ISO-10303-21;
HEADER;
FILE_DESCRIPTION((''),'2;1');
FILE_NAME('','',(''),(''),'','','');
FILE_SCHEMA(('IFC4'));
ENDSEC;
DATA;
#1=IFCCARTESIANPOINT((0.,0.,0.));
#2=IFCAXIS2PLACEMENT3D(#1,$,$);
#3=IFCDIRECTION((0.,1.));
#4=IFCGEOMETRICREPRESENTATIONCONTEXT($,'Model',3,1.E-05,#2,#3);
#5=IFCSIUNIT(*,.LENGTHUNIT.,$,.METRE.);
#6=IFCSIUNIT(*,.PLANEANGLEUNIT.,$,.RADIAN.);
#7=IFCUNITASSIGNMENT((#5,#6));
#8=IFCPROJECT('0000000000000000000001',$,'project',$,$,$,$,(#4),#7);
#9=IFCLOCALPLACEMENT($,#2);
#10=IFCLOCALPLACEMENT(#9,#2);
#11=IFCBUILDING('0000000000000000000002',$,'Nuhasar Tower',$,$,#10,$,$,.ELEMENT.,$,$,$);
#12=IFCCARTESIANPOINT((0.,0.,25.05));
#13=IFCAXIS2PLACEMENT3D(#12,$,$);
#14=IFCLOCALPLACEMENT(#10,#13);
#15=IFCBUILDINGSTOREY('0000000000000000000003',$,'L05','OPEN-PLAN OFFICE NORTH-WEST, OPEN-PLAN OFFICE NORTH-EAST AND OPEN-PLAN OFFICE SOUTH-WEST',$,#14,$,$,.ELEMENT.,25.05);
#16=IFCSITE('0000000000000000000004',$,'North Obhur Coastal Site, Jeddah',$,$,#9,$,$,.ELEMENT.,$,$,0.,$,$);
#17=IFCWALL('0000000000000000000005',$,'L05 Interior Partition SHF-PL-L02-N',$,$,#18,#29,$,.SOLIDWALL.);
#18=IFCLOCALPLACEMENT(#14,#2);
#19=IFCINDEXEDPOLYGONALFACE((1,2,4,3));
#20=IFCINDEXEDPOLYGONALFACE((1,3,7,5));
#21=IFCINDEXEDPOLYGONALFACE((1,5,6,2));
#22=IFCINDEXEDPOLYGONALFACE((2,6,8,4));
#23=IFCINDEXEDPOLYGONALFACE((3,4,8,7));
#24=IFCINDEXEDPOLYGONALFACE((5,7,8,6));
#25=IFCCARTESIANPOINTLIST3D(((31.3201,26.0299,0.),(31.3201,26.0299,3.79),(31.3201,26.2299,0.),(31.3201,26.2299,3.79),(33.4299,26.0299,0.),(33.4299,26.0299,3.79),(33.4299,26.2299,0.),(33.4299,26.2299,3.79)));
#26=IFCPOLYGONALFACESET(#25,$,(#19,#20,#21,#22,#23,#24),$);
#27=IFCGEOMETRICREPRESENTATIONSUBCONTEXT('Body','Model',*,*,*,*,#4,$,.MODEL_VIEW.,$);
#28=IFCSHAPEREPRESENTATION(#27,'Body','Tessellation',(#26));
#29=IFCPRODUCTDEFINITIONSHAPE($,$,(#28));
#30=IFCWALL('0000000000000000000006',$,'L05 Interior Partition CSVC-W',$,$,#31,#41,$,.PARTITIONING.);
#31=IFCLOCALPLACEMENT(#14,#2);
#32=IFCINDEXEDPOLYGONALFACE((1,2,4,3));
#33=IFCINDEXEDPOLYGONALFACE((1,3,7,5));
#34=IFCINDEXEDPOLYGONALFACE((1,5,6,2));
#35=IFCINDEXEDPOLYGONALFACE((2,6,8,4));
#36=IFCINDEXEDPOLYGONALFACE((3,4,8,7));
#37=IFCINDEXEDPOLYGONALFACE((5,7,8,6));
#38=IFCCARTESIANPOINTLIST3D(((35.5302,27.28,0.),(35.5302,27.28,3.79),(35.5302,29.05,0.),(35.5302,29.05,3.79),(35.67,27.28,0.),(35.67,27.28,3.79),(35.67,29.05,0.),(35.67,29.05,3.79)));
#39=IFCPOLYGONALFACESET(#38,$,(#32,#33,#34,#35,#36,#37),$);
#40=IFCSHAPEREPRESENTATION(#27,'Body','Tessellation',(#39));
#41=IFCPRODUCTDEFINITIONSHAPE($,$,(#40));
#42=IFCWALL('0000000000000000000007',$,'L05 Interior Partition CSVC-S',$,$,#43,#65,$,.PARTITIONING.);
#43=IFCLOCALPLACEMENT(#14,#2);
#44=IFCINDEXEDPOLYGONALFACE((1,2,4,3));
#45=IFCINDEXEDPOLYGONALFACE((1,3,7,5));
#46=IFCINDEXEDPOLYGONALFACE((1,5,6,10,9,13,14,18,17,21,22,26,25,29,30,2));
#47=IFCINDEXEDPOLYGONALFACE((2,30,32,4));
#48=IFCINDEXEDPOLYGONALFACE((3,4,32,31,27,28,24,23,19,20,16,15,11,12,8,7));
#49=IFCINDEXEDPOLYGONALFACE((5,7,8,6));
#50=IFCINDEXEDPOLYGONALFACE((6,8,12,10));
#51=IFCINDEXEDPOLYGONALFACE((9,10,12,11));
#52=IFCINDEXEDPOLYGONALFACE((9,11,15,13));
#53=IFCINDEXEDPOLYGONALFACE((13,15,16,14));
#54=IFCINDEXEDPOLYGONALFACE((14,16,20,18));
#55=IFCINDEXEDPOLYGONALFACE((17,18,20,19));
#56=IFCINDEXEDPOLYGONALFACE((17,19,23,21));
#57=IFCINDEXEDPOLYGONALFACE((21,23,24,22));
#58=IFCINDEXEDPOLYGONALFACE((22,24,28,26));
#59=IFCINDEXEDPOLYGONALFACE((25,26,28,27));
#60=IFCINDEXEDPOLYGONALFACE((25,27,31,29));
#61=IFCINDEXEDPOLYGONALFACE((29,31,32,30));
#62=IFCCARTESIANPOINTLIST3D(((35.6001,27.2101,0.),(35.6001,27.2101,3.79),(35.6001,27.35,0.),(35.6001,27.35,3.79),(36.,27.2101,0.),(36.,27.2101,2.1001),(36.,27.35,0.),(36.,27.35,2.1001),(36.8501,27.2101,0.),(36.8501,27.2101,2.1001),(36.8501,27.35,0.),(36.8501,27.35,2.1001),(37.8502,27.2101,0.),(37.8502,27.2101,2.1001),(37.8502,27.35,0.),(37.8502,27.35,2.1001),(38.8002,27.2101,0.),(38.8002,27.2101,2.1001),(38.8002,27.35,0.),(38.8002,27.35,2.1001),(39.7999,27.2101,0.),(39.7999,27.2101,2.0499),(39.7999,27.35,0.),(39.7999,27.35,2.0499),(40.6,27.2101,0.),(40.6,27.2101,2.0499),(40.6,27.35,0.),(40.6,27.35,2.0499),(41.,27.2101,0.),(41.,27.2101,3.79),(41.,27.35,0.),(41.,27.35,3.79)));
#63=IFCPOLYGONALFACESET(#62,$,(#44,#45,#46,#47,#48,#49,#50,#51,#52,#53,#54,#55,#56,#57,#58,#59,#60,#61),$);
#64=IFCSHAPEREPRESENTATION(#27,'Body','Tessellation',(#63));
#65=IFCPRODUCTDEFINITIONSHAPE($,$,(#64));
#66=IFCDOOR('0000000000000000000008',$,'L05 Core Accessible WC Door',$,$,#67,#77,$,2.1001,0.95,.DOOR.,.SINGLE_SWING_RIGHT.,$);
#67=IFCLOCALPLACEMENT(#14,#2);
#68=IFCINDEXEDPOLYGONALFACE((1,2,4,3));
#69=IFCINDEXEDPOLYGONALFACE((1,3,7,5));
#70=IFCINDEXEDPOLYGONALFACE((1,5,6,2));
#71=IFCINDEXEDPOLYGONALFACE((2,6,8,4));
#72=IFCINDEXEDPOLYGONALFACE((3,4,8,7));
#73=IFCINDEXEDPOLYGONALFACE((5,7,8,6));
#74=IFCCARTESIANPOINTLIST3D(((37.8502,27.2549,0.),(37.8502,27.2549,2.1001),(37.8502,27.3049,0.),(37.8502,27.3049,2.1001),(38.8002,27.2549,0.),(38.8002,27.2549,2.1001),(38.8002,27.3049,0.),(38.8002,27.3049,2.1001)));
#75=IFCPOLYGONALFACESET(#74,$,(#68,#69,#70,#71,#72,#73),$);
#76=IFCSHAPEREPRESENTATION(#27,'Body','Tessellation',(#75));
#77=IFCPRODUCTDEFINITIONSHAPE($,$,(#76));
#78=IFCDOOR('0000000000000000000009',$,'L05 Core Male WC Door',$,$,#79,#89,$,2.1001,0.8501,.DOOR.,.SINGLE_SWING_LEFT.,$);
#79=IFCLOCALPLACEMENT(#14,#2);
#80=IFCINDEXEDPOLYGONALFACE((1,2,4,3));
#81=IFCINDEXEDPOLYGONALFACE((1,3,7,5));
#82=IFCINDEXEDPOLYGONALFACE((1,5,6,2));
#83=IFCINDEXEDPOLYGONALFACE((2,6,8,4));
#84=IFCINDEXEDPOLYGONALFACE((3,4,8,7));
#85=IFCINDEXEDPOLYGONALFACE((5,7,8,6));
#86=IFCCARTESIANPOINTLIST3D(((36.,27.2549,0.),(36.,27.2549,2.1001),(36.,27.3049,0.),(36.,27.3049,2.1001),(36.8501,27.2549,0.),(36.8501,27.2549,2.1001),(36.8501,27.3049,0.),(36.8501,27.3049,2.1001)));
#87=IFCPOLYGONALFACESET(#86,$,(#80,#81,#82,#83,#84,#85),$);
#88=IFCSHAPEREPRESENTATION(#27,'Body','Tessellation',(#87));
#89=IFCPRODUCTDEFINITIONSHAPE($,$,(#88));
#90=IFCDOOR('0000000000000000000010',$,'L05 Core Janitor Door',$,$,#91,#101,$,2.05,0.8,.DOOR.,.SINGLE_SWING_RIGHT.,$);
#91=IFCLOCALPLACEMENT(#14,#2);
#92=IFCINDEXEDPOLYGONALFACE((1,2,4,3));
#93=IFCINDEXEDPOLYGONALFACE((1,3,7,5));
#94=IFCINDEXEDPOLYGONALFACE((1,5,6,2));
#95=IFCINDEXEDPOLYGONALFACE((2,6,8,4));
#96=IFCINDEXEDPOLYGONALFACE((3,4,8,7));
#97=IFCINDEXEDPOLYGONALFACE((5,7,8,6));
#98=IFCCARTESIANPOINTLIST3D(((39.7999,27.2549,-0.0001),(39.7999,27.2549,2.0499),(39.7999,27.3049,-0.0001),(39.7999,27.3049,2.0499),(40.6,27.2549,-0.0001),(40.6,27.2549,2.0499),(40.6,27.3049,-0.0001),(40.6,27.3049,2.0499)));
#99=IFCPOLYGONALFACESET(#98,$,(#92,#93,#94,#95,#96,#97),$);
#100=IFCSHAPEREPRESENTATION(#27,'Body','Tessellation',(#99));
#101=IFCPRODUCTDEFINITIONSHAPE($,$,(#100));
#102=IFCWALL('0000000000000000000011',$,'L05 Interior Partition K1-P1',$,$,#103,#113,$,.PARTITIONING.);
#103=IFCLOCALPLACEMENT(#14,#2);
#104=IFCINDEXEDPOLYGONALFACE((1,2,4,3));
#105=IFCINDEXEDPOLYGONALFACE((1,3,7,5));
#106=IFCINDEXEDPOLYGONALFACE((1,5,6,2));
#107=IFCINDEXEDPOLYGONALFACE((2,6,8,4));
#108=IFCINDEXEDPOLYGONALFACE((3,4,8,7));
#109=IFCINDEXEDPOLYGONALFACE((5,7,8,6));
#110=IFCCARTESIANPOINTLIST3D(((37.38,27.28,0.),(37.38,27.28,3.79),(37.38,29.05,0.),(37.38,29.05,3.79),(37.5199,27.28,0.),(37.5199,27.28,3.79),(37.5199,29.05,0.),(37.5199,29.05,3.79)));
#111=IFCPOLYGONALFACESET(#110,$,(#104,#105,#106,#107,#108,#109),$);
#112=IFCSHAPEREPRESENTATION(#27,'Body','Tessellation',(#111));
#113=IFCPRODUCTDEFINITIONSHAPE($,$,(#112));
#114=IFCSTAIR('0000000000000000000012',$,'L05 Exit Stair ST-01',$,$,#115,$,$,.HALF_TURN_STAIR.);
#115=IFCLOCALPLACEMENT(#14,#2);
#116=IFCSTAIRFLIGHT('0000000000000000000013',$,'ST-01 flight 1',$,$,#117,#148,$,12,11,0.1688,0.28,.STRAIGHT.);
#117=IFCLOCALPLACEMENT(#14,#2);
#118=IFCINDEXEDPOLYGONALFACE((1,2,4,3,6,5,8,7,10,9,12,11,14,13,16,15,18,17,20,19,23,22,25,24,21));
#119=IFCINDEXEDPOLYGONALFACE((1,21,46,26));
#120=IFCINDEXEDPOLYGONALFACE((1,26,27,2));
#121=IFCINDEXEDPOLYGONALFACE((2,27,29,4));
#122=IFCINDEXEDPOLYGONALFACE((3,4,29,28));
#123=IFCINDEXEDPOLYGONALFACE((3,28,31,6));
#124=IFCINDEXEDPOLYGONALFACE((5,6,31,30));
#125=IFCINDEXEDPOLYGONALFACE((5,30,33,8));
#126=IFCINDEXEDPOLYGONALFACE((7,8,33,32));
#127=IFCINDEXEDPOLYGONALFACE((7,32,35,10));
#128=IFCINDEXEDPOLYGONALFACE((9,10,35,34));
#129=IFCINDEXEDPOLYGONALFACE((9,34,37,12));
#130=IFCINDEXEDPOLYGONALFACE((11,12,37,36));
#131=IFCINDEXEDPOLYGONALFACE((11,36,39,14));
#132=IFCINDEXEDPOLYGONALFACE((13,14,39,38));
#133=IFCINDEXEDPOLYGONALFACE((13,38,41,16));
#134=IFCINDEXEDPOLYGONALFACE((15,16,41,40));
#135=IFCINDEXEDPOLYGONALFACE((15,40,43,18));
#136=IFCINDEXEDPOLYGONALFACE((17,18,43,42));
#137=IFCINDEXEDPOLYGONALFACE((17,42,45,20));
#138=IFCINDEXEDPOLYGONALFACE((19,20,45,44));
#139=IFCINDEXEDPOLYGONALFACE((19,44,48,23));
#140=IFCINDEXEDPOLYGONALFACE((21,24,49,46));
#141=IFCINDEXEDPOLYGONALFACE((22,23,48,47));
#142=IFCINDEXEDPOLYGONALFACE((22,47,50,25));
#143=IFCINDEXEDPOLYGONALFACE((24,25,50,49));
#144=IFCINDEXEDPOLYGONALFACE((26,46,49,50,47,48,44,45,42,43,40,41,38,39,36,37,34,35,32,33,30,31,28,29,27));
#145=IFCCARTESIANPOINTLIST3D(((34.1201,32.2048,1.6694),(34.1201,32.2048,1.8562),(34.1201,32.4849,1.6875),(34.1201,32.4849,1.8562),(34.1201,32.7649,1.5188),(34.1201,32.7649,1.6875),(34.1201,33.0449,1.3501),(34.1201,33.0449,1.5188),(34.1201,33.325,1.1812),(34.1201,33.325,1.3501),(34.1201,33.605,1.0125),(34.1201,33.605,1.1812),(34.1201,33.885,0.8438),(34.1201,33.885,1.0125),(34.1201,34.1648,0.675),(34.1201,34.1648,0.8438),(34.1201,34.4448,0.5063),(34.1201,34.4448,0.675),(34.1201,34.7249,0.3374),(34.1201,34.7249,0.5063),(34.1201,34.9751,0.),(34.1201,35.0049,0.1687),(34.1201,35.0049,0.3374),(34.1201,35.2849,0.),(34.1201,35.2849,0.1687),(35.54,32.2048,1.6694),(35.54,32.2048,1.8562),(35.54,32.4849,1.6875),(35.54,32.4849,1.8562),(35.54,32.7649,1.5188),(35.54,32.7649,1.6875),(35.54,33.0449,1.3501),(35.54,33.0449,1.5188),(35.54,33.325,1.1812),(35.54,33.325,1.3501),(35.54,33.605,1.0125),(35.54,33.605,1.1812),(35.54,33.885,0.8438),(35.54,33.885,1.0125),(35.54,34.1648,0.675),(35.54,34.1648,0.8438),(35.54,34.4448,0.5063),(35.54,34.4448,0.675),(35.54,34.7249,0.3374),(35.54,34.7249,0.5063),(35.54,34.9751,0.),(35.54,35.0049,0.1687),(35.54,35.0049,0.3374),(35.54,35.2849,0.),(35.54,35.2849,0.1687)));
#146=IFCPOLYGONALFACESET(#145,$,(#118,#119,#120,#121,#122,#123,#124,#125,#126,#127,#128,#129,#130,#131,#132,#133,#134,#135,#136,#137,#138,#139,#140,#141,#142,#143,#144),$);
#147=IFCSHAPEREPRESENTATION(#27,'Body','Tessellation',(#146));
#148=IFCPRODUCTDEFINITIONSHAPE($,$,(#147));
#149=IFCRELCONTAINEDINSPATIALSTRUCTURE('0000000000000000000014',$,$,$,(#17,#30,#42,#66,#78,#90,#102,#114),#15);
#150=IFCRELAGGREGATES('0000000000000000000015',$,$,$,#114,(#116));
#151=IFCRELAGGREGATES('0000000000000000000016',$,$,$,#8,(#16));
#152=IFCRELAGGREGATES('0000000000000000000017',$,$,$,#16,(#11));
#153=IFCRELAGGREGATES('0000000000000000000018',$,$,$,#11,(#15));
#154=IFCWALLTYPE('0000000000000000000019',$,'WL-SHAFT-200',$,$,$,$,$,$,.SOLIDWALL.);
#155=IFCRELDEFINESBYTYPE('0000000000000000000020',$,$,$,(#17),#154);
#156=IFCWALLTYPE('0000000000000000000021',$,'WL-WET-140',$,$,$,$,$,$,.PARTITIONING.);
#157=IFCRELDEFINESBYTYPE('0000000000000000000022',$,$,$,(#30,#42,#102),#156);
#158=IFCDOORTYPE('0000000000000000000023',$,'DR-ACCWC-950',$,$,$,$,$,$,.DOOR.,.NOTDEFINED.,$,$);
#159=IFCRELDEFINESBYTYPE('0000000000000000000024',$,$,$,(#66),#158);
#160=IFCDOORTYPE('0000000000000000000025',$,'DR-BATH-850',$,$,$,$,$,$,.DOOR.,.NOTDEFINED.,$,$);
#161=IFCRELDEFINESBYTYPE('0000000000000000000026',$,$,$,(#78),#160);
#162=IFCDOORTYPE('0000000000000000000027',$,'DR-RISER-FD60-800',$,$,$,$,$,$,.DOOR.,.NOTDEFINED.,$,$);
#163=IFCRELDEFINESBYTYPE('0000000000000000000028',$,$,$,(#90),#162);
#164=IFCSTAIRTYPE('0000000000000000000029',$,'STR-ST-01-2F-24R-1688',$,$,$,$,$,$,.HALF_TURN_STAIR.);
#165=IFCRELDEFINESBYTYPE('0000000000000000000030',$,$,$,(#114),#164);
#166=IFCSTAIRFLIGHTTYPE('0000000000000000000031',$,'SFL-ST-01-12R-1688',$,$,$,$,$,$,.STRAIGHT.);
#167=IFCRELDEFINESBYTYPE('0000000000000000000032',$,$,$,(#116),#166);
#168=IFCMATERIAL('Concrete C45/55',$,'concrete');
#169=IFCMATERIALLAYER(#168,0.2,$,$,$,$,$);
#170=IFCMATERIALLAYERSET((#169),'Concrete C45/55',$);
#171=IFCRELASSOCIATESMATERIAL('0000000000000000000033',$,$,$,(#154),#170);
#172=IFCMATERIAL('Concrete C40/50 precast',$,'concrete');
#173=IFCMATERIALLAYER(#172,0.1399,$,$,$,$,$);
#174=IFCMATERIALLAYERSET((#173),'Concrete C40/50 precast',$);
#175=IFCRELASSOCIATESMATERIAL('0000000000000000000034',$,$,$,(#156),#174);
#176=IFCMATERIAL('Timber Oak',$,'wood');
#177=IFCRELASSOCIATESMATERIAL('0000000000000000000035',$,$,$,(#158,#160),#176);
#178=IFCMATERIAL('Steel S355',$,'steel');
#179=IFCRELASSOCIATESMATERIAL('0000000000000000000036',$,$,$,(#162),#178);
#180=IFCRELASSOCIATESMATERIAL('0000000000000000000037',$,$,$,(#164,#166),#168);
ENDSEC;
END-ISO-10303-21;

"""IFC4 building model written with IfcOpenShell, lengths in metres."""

from ifc_helpers import new_model, si_unit, direction, frame, frame_2d, origin, place, context, subcontext, project, spatial, polyline, rectangle, outline, extrude, material, layer, layer_set, type_object, element, fill, aggregate, save


model = new_model("IFC4")

# Units and contexts
model_context = context("Model", 3, precision=1e-05, world=origin(), true_north=direction((0.0, 1.0)))
body_context = subcontext(model_context, "Body", "Model", "MODEL_VIEW")
ifc_project = project(units=[si_unit("LENGTHUNIT", "METRE"), si_unit("PLANEANGLEUNIT", "RADIAN")], contexts=[model_context])

# Site, building, storey
site_placement = place(None, origin())
site = spatial("IfcSite", under=ifc_project, at=site_placement, Name="North Obhur Coastal Site, Jeddah", CompositionType="ELEMENT", RefElevation=0.0)
building_placement = place(site_placement, origin())
building = spatial("IfcBuilding", under=site, at=building_placement, Name="Nuhasar Tower", CompositionType="ELEMENT")
storey_placement = place(building_placement, frame((0.0, 0.0, 25.05)))
storey = spatial("IfcBuildingStorey", under=building, at=storey_placement, Name="L05", Description="OPEN-PLAN OFFICE NORTH-WEST, OPEN-PLAN OFFICE NORTH-EAST AND OPEN-PLAN OFFICE SOUTH-WEST", CompositionType="ELEMENT", Elevation=25.05)

# Shared definitions
ifc_material_1 = material(Name="Steel S355", Category="steel")

# Walls
ifc_material_2 = material(Name="Concrete C45/55", Category="concrete")
ifc_layer_1 = layer(ifc_material_2, 0.2)
ifc_layer_set_1 = layer_set([ifc_layer_1], Name="Concrete C45/55")
wall_type_1 = type_object("IfcWallType", Name="WL-SHAFT-200", PredefinedType="SOLIDWALL", material=ifc_layer_set_1)
wall_1_placement = place(storey_placement, frame((31.3201, 26.1299, 0.0), z_axis=(0.0, 0.0, 1.0), x_axis=(1.0, 0.0, 0.0)))
element("IfcWall", 1, at=wall_1_placement, inside=storey, type_object=wall_type_1, Name="L05 Interior Partition SHF-PL-L02-N", PredefinedType="SOLIDWALL", context=body_context, shape_type="SweptSolid", body=[
    extrude(rectangle(XDim=2.1099, YDim=0.2, at=frame_2d((1.0549, 0.0))), origin(), (0.0, 0.0, 1.0), 3.79),
])
ifc_material_3 = material(Name="Concrete C40/50 precast", Category="concrete")
ifc_layer_2 = layer(ifc_material_3, 0.1399)
ifc_layer_set_2 = layer_set([ifc_layer_2], Name="Concrete C40/50 precast")
wall_type_2 = type_object("IfcWallType", Name="WL-WET-140", PredefinedType="PARTITIONING", material=ifc_layer_set_2)
wall_2_placement = place(storey_placement, frame((35.6001, 27.28, 0.0), z_axis=(0.0, 0.0, 1.0), x_axis=(0.0, 1.0, 0.0)))
element("IfcWall", 2, at=wall_2_placement, inside=storey, type_object=wall_type_2, Name="L05 Interior Partition CSVC-W", PredefinedType="PARTITIONING", context=body_context, shape_type="SweptSolid", body=[
    extrude(rectangle(XDim=1.77, YDim=0.1399, at=frame_2d((0.885, 0.0))), origin(), (0.0, 0.0, 1.0), 3.79),
])

# Wall, openings, doors
wall_3_placement = place(storey_placement, frame((35.6001, 27.28, 0.0), z_axis=(0.0, 0.0, 1.0), x_axis=(1.0, 0.0, 0.0)))
wall_3 = element("IfcWall", 3, at=wall_3_placement, inside=storey, type_object=wall_type_2, Name="L05 Interior Partition CSVC-S", PredefinedType="PARTITIONING", context=body_context, shape_type="SweptSolid", body=[
    extrude(rectangle(XDim=5.3999, YDim=0.1399, at=frame_2d((2.7, 0.0))), origin(), (0.0, 0.0, 1.0), 3.79),
])
opening_1_placement = place(wall_3_placement, frame((0.3999, 0.0, 0.0)))
opening_1 = element("IfcOpeningElement", 4, at=opening_1_placement, cuts=wall_3, PredefinedType="OPENING", context=body_context, shape_type="SweptSolid", body=[
    extrude(rectangle(XDim=0.8501, YDim=2.1001, at=frame_2d((0.425, 1.05))), frame((0.0, 0.0801, 0.0), z_axis=(0.0, -1.0, 0.0), x_axis=(1.0, 0.0, 0.0)), (0.0, 0.0, 1.0), 0.1599),
])
opening_2_placement = place(wall_3_placement, frame((2.25, 0.0, 0.0)))
opening_2 = element("IfcOpeningElement", 5, at=opening_2_placement, cuts=wall_3, PredefinedType="OPENING", context=body_context, shape_type="SweptSolid", body=[
    extrude(rectangle(XDim=0.95, YDim=2.1001, at=frame_2d((0.4751, 1.05))), frame((0.0, 0.0801, 0.0), z_axis=(0.0, -1.0, 0.0), x_axis=(1.0, 0.0, 0.0)), (0.0, 0.0, 1.0), 0.1599),
])
opening_3_placement = place(wall_3_placement, frame((4.2, 0.0, 0.0)))
opening_3 = element("IfcOpeningElement", 6, at=opening_3_placement, cuts=wall_3, PredefinedType="OPENING", context=body_context, shape_type="SweptSolid", body=[
    extrude(rectangle(XDim=0.8, YDim=2.05, at=frame_2d((0.3999, 1.0249))), frame((0.0, 0.0801, 0.0), z_axis=(0.0, -1.0, 0.0), x_axis=(1.0, 0.0, 0.0)), (0.0, 0.0, 1.0), 0.1599),
])
ifc_material_4 = material(Name="Timber Oak", Category="wood")
door_type_1 = type_object("IfcDoorType", Name="DR-ACCWC-950", OperationType="NOTDEFINED", PredefinedType="DOOR", material=ifc_material_4)
door_1_placement = place(opening_2_placement, origin())
door_1 = element("IfcDoor", 7, at=door_1_placement, inside=storey, type_object=door_type_1, Name="L05 Core Accessible WC Door", OperationType="SINGLE_SWING_RIGHT", OverallHeight=2.1001, OverallWidth=0.95, PredefinedType="DOOR", context=body_context, shape_type="SweptSolid", body=[
    extrude(rectangle(XDim=0.95, YDim=2.1001, at=frame_2d((0.4751, 1.05))), frame((0.0, 0.0249, 0.0), z_axis=(0.0, -1.0, 0.0), x_axis=(1.0, 0.0, 0.0)), (0.0, 0.0, 1.0), 0.05),
])
fill(opening_2, door_1)
door_type_2 = type_object("IfcDoorType", Name="DR-BATH-850", OperationType="NOTDEFINED", PredefinedType="DOOR", material=ifc_material_4)
door_2_placement = place(opening_1_placement, origin())
door_2 = element("IfcDoor", 8, at=door_2_placement, inside=storey, type_object=door_type_2, Name="L05 Core Male WC Door", OperationType="SINGLE_SWING_LEFT", OverallHeight=2.1001, OverallWidth=0.8501, PredefinedType="DOOR", context=body_context, shape_type="SweptSolid", body=[
    extrude(rectangle(XDim=0.8501, YDim=2.1001, at=frame_2d((0.425, 1.05))), frame((0.0, 0.0249, 0.0), z_axis=(0.0, -1.0, 0.0), x_axis=(1.0, 0.0, 0.0)), (0.0, 0.0, 1.0), 0.05),
])
fill(opening_1, door_2)
door_type_3 = type_object("IfcDoorType", Name="DR-RISER-FD60-800", OperationType="NOTDEFINED", PredefinedType="DOOR", material=ifc_material_1)
door_3_placement = place(opening_3_placement, origin())
door_3 = element("IfcDoor", 9, at=door_3_placement, inside=storey, type_object=door_type_3, Name="L05 Core Janitor Door", OperationType="SINGLE_SWING_RIGHT", OverallHeight=2.05, OverallWidth=0.8, PredefinedType="DOOR", context=body_context, shape_type="SweptSolid", body=[
    extrude(rectangle(XDim=0.8, YDim=2.05, at=frame_2d((0.3999, 1.0249))), frame((0.0, 0.0249, 0.0), z_axis=(0.0, -1.0, 0.0), x_axis=(1.0, 0.0, 0.0)), (0.0, 0.0, 1.0), 0.05),
])
fill(opening_3, door_3)

# Wall
wall_4_placement = place(storey_placement, frame((37.45, 27.28, 0.0), z_axis=(0.0, 0.0, 1.0), x_axis=(0.0, 1.0, 0.0)))
element("IfcWall", 10, at=wall_4_placement, inside=storey, type_object=wall_type_2, Name="L05 Interior Partition K1-P1", PredefinedType="PARTITIONING", context=body_context, shape_type="SweptSolid", body=[
    extrude(rectangle(XDim=1.77, YDim=0.1399, at=frame_2d((0.885, 0.0))), origin(), (0.0, 0.0, 1.0), 3.79),
])

# Stair, stair flight
stair_type_1 = type_object("IfcStairType", Name="STR-ST-01-2F-24R-1688", PredefinedType="HALF_TURN_STAIR", material=ifc_material_2)
stair_1_placement = place(storey_placement, origin())
stair_1 = element("IfcStair", 11, at=stair_1_placement, inside=storey, type_object=stair_type_1, Name="L05 Exit Stair ST-01", PredefinedType="HALF_TURN_STAIR")
stair_flight_type_1 = type_object("IfcStairFlightType", Name="SFL-ST-01-12R-1688", PredefinedType="STRAIGHT", material=ifc_material_2)
stair_flight_1_placement = place(storey_placement, frame((34.8301, 35.2849, 0.0), z_axis=(0.0, 0.0, 1.0), x_axis=(0.0, -1.0, 0.0)))
stair_flight_1 = element("IfcStairFlight", 12, at=stair_flight_1_placement, type_object=stair_flight_type_1, Name="ST-01 flight 1", NumberOfRisers=12, NumberOfTreads=11, PredefinedType="STRAIGHT", RiserHeight=0.1688, TreadLength=0.28, context=body_context, shape_type="SweptSolid", body=[
    extrude(outline(polyline([(0.0, 0.0), (0.0, 0.1687), (0.28, 0.1687), (0.28, 0.3374), (0.5601, 0.3374), (0.5601, 0.5063), (0.8401, 0.5063), (0.8401, 0.675), (1.1201, 0.675), (1.1201, 0.8438), (1.3999, 0.8438), (1.3999, 1.0125), (1.6799, 1.0125), (1.6799, 1.1812), (1.96, 1.1812), (1.96, 1.3501), (2.24, 1.3501), (2.24, 1.5188), (2.52, 1.5188), (2.52, 1.6875), (2.8, 1.6875), (2.8, 1.8562), (3.0801, 1.8562), (3.0801, 2.0249), (3.0801, 1.6694), (0.3098, 0.0), (0.0, 0.0)])), frame((0.0, 0.71, 0.0), z_axis=(0.0, -1.0, 0.0), x_axis=(1.0, 0.0, 0.0)), (0.0, 0.0, 1.0), 1.4199),
])
aggregate(stair_1, [stair_flight_1])

save(model, "model.ifc")
